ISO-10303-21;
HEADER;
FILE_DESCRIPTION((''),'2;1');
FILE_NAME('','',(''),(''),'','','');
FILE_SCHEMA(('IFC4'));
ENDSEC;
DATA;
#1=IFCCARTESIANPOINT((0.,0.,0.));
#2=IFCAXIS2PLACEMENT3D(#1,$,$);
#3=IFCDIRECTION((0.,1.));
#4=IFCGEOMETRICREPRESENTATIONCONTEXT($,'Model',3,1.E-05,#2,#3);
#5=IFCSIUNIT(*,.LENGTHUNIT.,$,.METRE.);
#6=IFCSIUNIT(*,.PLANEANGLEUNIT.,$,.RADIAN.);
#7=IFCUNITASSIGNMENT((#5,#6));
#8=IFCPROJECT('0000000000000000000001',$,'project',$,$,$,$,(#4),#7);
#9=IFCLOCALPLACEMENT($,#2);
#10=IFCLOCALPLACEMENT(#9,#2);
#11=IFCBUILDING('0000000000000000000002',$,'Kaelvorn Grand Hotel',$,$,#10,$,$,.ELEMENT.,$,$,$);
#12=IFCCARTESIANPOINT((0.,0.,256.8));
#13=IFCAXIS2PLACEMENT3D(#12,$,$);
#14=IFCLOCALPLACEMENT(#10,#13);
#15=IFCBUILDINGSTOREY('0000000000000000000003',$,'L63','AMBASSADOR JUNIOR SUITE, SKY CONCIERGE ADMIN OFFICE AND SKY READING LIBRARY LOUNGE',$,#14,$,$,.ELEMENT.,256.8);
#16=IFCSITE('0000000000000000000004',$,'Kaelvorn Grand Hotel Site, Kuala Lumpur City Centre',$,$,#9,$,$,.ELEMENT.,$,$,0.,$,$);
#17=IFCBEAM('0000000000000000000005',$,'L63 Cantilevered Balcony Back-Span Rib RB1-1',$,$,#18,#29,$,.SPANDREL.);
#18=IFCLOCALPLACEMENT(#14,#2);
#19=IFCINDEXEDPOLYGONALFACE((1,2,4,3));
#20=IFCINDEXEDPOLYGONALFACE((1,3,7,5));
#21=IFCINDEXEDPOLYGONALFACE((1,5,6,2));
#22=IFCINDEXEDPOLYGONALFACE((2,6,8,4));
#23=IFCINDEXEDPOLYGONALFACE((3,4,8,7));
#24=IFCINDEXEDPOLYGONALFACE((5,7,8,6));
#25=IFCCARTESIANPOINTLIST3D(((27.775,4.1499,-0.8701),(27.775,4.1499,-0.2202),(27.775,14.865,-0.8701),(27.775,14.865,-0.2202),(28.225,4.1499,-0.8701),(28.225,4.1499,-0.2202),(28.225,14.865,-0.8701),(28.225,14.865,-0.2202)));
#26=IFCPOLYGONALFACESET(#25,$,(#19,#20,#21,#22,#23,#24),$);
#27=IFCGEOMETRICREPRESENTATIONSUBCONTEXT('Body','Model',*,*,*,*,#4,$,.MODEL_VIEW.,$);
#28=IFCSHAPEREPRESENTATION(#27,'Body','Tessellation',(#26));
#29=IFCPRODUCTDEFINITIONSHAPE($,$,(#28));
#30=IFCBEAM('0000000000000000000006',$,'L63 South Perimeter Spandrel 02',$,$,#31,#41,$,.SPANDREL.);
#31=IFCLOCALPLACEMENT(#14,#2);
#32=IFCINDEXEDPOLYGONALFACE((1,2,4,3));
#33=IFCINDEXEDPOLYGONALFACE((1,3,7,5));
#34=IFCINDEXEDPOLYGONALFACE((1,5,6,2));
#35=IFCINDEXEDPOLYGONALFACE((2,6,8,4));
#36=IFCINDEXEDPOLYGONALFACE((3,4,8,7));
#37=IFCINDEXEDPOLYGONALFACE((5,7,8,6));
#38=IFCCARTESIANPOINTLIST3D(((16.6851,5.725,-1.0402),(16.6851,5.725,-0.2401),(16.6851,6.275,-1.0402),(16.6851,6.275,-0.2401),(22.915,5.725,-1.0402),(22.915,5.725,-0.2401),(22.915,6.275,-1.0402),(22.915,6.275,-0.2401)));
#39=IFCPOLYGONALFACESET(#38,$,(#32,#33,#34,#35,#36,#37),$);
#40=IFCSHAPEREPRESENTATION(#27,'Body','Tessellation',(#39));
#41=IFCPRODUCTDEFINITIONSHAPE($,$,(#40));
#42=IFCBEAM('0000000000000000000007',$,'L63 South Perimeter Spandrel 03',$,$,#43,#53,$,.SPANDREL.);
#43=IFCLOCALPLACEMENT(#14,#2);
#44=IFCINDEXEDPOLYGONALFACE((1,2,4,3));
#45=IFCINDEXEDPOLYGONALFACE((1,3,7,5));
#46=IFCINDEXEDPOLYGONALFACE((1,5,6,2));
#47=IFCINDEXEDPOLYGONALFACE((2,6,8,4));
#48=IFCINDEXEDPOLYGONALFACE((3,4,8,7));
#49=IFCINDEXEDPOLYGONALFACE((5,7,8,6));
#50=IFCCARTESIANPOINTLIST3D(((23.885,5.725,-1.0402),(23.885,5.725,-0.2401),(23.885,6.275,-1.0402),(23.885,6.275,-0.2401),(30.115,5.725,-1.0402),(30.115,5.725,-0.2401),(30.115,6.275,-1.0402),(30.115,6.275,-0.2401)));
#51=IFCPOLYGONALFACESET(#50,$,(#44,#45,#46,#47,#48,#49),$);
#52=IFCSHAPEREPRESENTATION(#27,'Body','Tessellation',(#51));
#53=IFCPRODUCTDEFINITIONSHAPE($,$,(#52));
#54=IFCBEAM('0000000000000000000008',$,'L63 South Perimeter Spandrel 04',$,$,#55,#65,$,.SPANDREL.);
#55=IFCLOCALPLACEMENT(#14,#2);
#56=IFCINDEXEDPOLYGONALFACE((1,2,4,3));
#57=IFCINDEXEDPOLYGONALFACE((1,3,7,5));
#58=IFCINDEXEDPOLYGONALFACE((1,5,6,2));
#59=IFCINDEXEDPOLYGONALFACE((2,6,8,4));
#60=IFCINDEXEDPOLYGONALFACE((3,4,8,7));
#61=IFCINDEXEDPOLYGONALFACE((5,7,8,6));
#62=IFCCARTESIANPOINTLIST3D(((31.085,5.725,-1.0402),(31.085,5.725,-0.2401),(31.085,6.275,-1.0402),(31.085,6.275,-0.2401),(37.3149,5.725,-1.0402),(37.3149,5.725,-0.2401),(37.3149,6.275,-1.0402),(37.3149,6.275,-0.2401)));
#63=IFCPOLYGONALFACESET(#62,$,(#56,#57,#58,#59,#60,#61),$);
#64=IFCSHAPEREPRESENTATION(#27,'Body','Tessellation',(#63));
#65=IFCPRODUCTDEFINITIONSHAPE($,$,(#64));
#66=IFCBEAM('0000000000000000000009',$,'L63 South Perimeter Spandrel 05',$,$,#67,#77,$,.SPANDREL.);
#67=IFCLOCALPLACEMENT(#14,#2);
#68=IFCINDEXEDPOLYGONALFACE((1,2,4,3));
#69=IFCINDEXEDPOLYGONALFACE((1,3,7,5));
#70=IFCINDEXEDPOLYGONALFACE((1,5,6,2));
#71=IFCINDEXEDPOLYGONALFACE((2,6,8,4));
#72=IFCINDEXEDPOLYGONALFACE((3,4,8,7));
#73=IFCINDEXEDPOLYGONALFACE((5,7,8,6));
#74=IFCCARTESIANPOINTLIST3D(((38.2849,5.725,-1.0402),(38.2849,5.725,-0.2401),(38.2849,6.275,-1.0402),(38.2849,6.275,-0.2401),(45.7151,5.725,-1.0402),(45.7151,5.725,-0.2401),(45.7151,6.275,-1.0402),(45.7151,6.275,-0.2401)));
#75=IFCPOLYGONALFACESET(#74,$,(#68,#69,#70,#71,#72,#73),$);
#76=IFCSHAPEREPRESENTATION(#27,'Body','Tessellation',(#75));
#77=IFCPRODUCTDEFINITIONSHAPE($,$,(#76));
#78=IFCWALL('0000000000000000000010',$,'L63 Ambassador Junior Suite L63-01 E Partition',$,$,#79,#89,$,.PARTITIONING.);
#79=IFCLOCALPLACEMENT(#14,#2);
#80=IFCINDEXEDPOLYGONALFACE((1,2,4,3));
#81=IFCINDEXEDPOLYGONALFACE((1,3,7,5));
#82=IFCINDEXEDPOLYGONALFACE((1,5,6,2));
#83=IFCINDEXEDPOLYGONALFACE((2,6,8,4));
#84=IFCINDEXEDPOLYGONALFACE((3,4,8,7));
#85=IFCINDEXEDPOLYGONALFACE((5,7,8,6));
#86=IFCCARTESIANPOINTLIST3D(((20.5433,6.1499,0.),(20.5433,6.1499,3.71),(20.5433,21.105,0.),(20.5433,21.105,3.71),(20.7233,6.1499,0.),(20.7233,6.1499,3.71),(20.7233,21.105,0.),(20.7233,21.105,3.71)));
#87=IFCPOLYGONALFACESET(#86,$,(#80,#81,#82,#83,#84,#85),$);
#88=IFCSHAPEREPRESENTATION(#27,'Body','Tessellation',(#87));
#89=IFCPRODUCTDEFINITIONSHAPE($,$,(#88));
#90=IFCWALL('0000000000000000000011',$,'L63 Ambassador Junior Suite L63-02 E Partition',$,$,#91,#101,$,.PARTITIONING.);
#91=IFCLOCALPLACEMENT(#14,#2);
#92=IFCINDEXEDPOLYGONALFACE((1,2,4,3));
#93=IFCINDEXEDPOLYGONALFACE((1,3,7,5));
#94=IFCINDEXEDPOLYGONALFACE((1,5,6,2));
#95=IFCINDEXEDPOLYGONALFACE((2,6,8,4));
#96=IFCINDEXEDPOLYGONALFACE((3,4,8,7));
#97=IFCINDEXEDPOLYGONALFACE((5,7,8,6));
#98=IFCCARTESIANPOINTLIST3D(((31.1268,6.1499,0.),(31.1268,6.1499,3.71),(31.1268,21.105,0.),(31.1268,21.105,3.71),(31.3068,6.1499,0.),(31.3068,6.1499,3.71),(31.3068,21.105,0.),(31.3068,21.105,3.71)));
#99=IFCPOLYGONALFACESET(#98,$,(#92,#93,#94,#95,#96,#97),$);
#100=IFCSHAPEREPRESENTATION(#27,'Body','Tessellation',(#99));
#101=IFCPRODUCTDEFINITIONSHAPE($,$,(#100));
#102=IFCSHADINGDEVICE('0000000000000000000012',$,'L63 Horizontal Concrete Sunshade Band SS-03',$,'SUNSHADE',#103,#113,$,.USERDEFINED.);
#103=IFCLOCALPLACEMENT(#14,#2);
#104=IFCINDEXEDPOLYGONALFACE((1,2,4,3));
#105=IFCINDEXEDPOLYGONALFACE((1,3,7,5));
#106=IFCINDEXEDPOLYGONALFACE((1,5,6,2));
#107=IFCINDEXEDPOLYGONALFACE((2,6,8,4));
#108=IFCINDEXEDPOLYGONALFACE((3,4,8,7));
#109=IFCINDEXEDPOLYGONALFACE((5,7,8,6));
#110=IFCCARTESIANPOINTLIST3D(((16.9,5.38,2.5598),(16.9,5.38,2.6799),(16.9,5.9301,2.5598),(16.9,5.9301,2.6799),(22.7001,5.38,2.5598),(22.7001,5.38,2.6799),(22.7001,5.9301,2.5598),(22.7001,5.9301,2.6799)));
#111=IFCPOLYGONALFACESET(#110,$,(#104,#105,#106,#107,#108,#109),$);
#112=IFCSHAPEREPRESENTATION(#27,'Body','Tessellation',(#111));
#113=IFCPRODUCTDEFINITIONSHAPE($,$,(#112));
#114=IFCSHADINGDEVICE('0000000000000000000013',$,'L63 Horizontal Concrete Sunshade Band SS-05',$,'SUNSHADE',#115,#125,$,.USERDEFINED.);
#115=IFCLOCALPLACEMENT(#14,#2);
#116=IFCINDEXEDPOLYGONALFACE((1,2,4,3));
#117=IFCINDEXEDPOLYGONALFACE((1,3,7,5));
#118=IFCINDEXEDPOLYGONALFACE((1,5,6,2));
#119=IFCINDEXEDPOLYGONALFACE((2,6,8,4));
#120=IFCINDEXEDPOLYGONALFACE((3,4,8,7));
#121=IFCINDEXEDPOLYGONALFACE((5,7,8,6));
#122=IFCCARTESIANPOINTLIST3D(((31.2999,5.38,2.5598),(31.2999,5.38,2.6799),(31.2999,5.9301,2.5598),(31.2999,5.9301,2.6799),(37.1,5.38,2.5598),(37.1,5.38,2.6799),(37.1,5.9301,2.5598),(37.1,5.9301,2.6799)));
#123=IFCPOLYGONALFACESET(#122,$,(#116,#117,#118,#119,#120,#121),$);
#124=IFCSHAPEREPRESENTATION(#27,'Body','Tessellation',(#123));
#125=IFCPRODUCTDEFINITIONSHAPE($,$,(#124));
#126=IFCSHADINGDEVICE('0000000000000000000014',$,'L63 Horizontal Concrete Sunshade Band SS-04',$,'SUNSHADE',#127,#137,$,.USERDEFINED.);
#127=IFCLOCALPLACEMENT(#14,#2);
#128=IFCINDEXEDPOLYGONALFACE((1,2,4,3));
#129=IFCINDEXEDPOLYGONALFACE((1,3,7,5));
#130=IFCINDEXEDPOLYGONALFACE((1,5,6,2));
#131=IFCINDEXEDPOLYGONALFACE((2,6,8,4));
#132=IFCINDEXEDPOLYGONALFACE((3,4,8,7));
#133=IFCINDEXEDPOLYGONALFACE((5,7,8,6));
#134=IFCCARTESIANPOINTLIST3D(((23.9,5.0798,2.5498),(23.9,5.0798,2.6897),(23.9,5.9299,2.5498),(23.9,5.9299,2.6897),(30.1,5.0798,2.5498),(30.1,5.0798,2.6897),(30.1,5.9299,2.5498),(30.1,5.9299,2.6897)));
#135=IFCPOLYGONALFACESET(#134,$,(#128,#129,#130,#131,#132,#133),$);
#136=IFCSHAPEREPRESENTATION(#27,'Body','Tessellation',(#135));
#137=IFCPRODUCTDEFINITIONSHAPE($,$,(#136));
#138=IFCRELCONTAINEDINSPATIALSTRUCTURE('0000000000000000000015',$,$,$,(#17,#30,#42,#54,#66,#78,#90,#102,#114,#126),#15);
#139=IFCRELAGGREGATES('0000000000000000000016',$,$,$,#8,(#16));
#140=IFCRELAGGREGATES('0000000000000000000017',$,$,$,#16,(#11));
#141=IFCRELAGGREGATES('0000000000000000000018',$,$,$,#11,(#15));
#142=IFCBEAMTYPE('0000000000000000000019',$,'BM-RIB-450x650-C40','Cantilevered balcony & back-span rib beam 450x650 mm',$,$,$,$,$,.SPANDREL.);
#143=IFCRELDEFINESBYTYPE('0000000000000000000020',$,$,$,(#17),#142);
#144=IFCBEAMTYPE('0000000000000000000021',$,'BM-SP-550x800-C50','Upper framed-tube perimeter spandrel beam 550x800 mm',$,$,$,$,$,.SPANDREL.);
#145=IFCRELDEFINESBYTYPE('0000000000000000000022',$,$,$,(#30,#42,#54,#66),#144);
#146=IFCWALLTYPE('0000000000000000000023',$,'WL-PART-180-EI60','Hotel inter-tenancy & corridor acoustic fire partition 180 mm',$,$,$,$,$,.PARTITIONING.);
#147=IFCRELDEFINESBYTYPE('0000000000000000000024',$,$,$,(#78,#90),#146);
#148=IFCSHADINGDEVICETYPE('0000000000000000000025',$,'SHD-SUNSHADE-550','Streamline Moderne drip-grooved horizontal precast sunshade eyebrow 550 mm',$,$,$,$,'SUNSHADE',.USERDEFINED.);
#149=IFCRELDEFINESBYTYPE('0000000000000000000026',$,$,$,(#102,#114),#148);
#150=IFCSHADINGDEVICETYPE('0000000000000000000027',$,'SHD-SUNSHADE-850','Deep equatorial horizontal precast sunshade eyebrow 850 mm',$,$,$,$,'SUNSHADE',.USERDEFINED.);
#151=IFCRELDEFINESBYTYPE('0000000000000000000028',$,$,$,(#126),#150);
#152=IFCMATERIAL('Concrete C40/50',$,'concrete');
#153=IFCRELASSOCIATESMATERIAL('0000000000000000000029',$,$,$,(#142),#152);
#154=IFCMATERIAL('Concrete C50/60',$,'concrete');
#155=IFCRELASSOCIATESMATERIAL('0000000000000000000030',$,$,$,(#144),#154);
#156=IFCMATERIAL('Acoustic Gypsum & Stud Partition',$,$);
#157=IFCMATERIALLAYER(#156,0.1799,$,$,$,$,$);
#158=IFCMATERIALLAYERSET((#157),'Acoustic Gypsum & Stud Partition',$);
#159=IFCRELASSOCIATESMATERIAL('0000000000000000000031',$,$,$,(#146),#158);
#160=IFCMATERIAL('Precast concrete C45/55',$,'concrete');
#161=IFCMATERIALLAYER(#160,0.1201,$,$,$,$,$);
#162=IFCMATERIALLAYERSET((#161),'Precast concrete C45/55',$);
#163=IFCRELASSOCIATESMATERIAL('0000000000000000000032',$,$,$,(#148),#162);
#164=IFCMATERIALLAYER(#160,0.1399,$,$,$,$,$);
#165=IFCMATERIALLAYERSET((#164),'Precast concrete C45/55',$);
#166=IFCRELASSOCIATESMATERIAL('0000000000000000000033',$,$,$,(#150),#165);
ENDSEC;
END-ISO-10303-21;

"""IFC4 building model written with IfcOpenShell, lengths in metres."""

from ifc_helpers import new_model, si_unit, direction, frame, frame_2d, origin, origin_2d, place, context, subcontext, project, spatial, rectangle, extrude, material, layer, layer_set, material_profile, profile_set, type_object, element, save


model = new_model("IFC4")

# Units and contexts
model_context = context("Model", 3, precision=1e-05, world=origin(), true_north=direction((0.0, 1.0)))
body_context = subcontext(model_context, "Body", "Model", "MODEL_VIEW")
ifc_project = project(units=[si_unit("LENGTHUNIT", "METRE"), si_unit("PLANEANGLEUNIT", "RADIAN")], contexts=[model_context])

# Site, building, storey
site_placement = place(None, origin())
site = spatial("IfcSite", under=ifc_project, at=site_placement, Name="Kaelvorn Grand Hotel Site, Kuala Lumpur City Centre", CompositionType="ELEMENT", RefElevation=0.0)
building_placement = place(site_placement, origin())
building = spatial("IfcBuilding", under=site, at=building_placement, Name="Kaelvorn Grand Hotel", CompositionType="ELEMENT")
storey_placement = place(building_placement, frame((0.0, 0.0, 256.8)))
storey = spatial("IfcBuildingStorey", under=building, at=storey_placement, Name="L63", Description="AMBASSADOR JUNIOR SUITE, SKY CONCIERGE ADMIN OFFICE AND SKY READING LIBRARY LOUNGE", CompositionType="ELEMENT", Elevation=256.8)

# Shared definitions
ifc_material_1 = material(Name="Concrete C50/60", Category="concrete")

# Beams
ifc_material_2 = material(Name="Concrete C40/50", Category="concrete")
ifc_material_profile_1 = material_profile(ifc_material_2, rectangle(XDim=0.45, YDim=0.6499, at=origin_2d()), Name="RC RIB 450x650")
ifc_profile_set_1 = profile_set([ifc_material_profile_1], Name="Concrete C40/50")
beam_type_1 = type_object("IfcBeamType", Name="BM-RIB-450x650-C40", Description="Cantilevered balcony & back-span rib beam 450x650 mm", PredefinedType="SPANDREL", material=ifc_profile_set_1)
beam_1_placement = place(storey_placement, frame((28.0, 4.1499, -0.5452), z_axis=(0.0, 1.0, 0.0), x_axis=(-1.0, 0.0, 0.0)))
element("IfcBeam", 1, at=beam_1_placement, inside=storey, type_object=beam_type_1, Name="L63 Cantilevered Balcony Back-Span Rib RB1-1", PredefinedType="SPANDREL", context=body_context, shape_type="SweptSolid", body=[
    extrude(rectangle(XDim=0.45, YDim=0.6499, at=origin_2d()), origin(), (0.0, 0.0, 1.0), 10.7151),
])
ifc_material_profile_2 = material_profile(ifc_material_1, rectangle(XDim=0.55, YDim=0.8, at=origin_2d()), Name="RC SPANDREL 550x800")
ifc_profile_set_2 = profile_set([ifc_material_profile_2], Name="Concrete C50/60")
beam_type_2 = type_object("IfcBeamType", Name="BM-SP-550x800-C50", Description="Upper framed-tube perimeter spandrel beam 550x800 mm", PredefinedType="SPANDREL", material=ifc_profile_set_2)
for number, where, z_axis, x_axis, name in (
    (2, (16.6851, 6.0, -0.6401), (1.0, 0.0, 0.0), (0.0, 1.0, 0.0), "L63 South Perimeter Spandrel 02"),
    (3, (23.885, 6.0, -0.6401), (1.0, 0.0, 0.0), (0.0, 1.0, 0.0), "L63 South Perimeter Spandrel 03"),
    (4, (31.085, 6.0, -0.6401), (1.0, 0.0, 0.0), (0.0, 1.0, 0.0), "L63 South Perimeter Spandrel 04"),
):
    element("IfcBeam", number, at=place(storey_placement, frame(where, z_axis=z_axis, x_axis=x_axis)), inside=storey, type_object=beam_type_2, Name=name, PredefinedType="SPANDREL", context=body_context, shape_type="SweptSolid", body=[
        extrude(rectangle(XDim=0.55, YDim=0.8, at=origin_2d()), origin(), (0.0, 0.0, 1.0), 6.23),
    ])
beam_2_placement = place(storey_placement, frame((38.2849, 6.0, -0.6401), z_axis=(1.0, 0.0, 0.0), x_axis=(0.0, 1.0, 0.0)))
element("IfcBeam", 5, at=beam_2_placement, inside=storey, type_object=beam_type_2, Name="L63 South Perimeter Spandrel 05", PredefinedType="SPANDREL", context=body_context, shape_type="SweptSolid", body=[
    extrude(rectangle(XDim=0.55, YDim=0.8, at=origin_2d()), origin(), (0.0, 0.0, 1.0), 7.4302),
])

# Walls
ifc_material_3 = material(Name="Acoustic Gypsum & Stud Partition")
ifc_layer_1 = layer(ifc_material_3, 0.1799)
ifc_layer_set_1 = layer_set([ifc_layer_1], Name="Acoustic Gypsum & Stud Partition")
wall_type = type_object("IfcWallType", Name="WL-PART-180-EI60", Description="Hotel inter-tenancy & corridor acoustic fire partition 180 mm", PredefinedType="PARTITIONING", material=ifc_layer_set_1)
for number, where, z_axis, x_axis, name in (
    (6, (20.6333, 6.1499, 0.0), (0.0, 0.0, 1.0), (0.0, 1.0, 0.0), "L63 Ambassador Junior Suite L63-01 E Partition"),
    (7, (31.2168, 6.1499, 0.0), (0.0, 0.0, 1.0), (0.0, 1.0, 0.0), "L63 Ambassador Junior Suite L63-02 E Partition"),
):
    element("IfcWall", number, at=place(storey_placement, frame(where, z_axis=z_axis, x_axis=x_axis)), inside=storey, type_object=wall_type, Name=name, PredefinedType="PARTITIONING", context=body_context, shape_type="SweptSolid", body=[
        extrude(rectangle(XDim=14.9551, YDim=0.1799, at=frame_2d((7.4775, 0.0))), origin(), (0.0, 0.0, 1.0), 3.71),
    ])

# Shading devices
ifc_material_4 = material(Name="Precast concrete C45/55", Category="concrete")
ifc_layer_2 = layer(ifc_material_4, 0.1201)
ifc_layer_set_2 = layer_set([ifc_layer_2], Name="Precast concrete C45/55")
shading_device_type_1 = type_object("IfcShadingDeviceType", Name="SHD-SUNSHADE-550", Description="Streamline Moderne drip-grooved horizontal precast sunshade eyebrow 550 mm", ElementType="SUNSHADE", PredefinedType="USERDEFINED", material=ifc_layer_set_2)
for number, where, z_axis, x_axis, name in (
    (8, (19.8, 5.655, 2.5598), (0.0, 0.0, 1.0), (1.0, 0.0, 0.0), "L63 Horizontal Concrete Sunshade Band SS-03"),
    (9, (34.2, 5.655, 2.5598), (0.0, 0.0, 1.0), (1.0, 0.0, 0.0), "L63 Horizontal Concrete Sunshade Band SS-05"),
):
    element("IfcShadingDevice", number, at=place(storey_placement, frame(where, z_axis=z_axis, x_axis=x_axis)), inside=storey, type_object=shading_device_type_1, Name=name, ObjectType="SUNSHADE", PredefinedType="USERDEFINED", context=body_context, shape_type="SweptSolid", body=[
        extrude(rectangle(XDim=5.8, YDim=0.55, at=origin_2d()), origin(), (0.0, 0.0, 1.0), 0.1201),
    ])
ifc_layer_3 = layer(ifc_material_4, 0.1399)
ifc_layer_set_3 = layer_set([ifc_layer_3], Name="Precast concrete C45/55")
shading_device_type_2 = type_object("IfcShadingDeviceType", Name="SHD-SUNSHADE-850", Description="Deep equatorial horizontal precast sunshade eyebrow 850 mm", ElementType="SUNSHADE", PredefinedType="USERDEFINED", material=ifc_layer_set_3)
shading_device_placement = place(storey_placement, frame((27.0, 5.5049, 2.5498), z_axis=(0.0, 0.0, 1.0), x_axis=(1.0, 0.0, 0.0)))
element("IfcShadingDevice", 10, at=shading_device_placement, inside=storey, type_object=shading_device_type_2, Name="L63 Horizontal Concrete Sunshade Band SS-04", ObjectType="SUNSHADE", PredefinedType="USERDEFINED", context=body_context, shape_type="SweptSolid", body=[
    extrude(rectangle(XDim=6.2, YDim=0.8501, at=origin_2d()), origin(), (0.0, 0.0, 1.0), 0.1399),
])

save(model, "model.ifc")
